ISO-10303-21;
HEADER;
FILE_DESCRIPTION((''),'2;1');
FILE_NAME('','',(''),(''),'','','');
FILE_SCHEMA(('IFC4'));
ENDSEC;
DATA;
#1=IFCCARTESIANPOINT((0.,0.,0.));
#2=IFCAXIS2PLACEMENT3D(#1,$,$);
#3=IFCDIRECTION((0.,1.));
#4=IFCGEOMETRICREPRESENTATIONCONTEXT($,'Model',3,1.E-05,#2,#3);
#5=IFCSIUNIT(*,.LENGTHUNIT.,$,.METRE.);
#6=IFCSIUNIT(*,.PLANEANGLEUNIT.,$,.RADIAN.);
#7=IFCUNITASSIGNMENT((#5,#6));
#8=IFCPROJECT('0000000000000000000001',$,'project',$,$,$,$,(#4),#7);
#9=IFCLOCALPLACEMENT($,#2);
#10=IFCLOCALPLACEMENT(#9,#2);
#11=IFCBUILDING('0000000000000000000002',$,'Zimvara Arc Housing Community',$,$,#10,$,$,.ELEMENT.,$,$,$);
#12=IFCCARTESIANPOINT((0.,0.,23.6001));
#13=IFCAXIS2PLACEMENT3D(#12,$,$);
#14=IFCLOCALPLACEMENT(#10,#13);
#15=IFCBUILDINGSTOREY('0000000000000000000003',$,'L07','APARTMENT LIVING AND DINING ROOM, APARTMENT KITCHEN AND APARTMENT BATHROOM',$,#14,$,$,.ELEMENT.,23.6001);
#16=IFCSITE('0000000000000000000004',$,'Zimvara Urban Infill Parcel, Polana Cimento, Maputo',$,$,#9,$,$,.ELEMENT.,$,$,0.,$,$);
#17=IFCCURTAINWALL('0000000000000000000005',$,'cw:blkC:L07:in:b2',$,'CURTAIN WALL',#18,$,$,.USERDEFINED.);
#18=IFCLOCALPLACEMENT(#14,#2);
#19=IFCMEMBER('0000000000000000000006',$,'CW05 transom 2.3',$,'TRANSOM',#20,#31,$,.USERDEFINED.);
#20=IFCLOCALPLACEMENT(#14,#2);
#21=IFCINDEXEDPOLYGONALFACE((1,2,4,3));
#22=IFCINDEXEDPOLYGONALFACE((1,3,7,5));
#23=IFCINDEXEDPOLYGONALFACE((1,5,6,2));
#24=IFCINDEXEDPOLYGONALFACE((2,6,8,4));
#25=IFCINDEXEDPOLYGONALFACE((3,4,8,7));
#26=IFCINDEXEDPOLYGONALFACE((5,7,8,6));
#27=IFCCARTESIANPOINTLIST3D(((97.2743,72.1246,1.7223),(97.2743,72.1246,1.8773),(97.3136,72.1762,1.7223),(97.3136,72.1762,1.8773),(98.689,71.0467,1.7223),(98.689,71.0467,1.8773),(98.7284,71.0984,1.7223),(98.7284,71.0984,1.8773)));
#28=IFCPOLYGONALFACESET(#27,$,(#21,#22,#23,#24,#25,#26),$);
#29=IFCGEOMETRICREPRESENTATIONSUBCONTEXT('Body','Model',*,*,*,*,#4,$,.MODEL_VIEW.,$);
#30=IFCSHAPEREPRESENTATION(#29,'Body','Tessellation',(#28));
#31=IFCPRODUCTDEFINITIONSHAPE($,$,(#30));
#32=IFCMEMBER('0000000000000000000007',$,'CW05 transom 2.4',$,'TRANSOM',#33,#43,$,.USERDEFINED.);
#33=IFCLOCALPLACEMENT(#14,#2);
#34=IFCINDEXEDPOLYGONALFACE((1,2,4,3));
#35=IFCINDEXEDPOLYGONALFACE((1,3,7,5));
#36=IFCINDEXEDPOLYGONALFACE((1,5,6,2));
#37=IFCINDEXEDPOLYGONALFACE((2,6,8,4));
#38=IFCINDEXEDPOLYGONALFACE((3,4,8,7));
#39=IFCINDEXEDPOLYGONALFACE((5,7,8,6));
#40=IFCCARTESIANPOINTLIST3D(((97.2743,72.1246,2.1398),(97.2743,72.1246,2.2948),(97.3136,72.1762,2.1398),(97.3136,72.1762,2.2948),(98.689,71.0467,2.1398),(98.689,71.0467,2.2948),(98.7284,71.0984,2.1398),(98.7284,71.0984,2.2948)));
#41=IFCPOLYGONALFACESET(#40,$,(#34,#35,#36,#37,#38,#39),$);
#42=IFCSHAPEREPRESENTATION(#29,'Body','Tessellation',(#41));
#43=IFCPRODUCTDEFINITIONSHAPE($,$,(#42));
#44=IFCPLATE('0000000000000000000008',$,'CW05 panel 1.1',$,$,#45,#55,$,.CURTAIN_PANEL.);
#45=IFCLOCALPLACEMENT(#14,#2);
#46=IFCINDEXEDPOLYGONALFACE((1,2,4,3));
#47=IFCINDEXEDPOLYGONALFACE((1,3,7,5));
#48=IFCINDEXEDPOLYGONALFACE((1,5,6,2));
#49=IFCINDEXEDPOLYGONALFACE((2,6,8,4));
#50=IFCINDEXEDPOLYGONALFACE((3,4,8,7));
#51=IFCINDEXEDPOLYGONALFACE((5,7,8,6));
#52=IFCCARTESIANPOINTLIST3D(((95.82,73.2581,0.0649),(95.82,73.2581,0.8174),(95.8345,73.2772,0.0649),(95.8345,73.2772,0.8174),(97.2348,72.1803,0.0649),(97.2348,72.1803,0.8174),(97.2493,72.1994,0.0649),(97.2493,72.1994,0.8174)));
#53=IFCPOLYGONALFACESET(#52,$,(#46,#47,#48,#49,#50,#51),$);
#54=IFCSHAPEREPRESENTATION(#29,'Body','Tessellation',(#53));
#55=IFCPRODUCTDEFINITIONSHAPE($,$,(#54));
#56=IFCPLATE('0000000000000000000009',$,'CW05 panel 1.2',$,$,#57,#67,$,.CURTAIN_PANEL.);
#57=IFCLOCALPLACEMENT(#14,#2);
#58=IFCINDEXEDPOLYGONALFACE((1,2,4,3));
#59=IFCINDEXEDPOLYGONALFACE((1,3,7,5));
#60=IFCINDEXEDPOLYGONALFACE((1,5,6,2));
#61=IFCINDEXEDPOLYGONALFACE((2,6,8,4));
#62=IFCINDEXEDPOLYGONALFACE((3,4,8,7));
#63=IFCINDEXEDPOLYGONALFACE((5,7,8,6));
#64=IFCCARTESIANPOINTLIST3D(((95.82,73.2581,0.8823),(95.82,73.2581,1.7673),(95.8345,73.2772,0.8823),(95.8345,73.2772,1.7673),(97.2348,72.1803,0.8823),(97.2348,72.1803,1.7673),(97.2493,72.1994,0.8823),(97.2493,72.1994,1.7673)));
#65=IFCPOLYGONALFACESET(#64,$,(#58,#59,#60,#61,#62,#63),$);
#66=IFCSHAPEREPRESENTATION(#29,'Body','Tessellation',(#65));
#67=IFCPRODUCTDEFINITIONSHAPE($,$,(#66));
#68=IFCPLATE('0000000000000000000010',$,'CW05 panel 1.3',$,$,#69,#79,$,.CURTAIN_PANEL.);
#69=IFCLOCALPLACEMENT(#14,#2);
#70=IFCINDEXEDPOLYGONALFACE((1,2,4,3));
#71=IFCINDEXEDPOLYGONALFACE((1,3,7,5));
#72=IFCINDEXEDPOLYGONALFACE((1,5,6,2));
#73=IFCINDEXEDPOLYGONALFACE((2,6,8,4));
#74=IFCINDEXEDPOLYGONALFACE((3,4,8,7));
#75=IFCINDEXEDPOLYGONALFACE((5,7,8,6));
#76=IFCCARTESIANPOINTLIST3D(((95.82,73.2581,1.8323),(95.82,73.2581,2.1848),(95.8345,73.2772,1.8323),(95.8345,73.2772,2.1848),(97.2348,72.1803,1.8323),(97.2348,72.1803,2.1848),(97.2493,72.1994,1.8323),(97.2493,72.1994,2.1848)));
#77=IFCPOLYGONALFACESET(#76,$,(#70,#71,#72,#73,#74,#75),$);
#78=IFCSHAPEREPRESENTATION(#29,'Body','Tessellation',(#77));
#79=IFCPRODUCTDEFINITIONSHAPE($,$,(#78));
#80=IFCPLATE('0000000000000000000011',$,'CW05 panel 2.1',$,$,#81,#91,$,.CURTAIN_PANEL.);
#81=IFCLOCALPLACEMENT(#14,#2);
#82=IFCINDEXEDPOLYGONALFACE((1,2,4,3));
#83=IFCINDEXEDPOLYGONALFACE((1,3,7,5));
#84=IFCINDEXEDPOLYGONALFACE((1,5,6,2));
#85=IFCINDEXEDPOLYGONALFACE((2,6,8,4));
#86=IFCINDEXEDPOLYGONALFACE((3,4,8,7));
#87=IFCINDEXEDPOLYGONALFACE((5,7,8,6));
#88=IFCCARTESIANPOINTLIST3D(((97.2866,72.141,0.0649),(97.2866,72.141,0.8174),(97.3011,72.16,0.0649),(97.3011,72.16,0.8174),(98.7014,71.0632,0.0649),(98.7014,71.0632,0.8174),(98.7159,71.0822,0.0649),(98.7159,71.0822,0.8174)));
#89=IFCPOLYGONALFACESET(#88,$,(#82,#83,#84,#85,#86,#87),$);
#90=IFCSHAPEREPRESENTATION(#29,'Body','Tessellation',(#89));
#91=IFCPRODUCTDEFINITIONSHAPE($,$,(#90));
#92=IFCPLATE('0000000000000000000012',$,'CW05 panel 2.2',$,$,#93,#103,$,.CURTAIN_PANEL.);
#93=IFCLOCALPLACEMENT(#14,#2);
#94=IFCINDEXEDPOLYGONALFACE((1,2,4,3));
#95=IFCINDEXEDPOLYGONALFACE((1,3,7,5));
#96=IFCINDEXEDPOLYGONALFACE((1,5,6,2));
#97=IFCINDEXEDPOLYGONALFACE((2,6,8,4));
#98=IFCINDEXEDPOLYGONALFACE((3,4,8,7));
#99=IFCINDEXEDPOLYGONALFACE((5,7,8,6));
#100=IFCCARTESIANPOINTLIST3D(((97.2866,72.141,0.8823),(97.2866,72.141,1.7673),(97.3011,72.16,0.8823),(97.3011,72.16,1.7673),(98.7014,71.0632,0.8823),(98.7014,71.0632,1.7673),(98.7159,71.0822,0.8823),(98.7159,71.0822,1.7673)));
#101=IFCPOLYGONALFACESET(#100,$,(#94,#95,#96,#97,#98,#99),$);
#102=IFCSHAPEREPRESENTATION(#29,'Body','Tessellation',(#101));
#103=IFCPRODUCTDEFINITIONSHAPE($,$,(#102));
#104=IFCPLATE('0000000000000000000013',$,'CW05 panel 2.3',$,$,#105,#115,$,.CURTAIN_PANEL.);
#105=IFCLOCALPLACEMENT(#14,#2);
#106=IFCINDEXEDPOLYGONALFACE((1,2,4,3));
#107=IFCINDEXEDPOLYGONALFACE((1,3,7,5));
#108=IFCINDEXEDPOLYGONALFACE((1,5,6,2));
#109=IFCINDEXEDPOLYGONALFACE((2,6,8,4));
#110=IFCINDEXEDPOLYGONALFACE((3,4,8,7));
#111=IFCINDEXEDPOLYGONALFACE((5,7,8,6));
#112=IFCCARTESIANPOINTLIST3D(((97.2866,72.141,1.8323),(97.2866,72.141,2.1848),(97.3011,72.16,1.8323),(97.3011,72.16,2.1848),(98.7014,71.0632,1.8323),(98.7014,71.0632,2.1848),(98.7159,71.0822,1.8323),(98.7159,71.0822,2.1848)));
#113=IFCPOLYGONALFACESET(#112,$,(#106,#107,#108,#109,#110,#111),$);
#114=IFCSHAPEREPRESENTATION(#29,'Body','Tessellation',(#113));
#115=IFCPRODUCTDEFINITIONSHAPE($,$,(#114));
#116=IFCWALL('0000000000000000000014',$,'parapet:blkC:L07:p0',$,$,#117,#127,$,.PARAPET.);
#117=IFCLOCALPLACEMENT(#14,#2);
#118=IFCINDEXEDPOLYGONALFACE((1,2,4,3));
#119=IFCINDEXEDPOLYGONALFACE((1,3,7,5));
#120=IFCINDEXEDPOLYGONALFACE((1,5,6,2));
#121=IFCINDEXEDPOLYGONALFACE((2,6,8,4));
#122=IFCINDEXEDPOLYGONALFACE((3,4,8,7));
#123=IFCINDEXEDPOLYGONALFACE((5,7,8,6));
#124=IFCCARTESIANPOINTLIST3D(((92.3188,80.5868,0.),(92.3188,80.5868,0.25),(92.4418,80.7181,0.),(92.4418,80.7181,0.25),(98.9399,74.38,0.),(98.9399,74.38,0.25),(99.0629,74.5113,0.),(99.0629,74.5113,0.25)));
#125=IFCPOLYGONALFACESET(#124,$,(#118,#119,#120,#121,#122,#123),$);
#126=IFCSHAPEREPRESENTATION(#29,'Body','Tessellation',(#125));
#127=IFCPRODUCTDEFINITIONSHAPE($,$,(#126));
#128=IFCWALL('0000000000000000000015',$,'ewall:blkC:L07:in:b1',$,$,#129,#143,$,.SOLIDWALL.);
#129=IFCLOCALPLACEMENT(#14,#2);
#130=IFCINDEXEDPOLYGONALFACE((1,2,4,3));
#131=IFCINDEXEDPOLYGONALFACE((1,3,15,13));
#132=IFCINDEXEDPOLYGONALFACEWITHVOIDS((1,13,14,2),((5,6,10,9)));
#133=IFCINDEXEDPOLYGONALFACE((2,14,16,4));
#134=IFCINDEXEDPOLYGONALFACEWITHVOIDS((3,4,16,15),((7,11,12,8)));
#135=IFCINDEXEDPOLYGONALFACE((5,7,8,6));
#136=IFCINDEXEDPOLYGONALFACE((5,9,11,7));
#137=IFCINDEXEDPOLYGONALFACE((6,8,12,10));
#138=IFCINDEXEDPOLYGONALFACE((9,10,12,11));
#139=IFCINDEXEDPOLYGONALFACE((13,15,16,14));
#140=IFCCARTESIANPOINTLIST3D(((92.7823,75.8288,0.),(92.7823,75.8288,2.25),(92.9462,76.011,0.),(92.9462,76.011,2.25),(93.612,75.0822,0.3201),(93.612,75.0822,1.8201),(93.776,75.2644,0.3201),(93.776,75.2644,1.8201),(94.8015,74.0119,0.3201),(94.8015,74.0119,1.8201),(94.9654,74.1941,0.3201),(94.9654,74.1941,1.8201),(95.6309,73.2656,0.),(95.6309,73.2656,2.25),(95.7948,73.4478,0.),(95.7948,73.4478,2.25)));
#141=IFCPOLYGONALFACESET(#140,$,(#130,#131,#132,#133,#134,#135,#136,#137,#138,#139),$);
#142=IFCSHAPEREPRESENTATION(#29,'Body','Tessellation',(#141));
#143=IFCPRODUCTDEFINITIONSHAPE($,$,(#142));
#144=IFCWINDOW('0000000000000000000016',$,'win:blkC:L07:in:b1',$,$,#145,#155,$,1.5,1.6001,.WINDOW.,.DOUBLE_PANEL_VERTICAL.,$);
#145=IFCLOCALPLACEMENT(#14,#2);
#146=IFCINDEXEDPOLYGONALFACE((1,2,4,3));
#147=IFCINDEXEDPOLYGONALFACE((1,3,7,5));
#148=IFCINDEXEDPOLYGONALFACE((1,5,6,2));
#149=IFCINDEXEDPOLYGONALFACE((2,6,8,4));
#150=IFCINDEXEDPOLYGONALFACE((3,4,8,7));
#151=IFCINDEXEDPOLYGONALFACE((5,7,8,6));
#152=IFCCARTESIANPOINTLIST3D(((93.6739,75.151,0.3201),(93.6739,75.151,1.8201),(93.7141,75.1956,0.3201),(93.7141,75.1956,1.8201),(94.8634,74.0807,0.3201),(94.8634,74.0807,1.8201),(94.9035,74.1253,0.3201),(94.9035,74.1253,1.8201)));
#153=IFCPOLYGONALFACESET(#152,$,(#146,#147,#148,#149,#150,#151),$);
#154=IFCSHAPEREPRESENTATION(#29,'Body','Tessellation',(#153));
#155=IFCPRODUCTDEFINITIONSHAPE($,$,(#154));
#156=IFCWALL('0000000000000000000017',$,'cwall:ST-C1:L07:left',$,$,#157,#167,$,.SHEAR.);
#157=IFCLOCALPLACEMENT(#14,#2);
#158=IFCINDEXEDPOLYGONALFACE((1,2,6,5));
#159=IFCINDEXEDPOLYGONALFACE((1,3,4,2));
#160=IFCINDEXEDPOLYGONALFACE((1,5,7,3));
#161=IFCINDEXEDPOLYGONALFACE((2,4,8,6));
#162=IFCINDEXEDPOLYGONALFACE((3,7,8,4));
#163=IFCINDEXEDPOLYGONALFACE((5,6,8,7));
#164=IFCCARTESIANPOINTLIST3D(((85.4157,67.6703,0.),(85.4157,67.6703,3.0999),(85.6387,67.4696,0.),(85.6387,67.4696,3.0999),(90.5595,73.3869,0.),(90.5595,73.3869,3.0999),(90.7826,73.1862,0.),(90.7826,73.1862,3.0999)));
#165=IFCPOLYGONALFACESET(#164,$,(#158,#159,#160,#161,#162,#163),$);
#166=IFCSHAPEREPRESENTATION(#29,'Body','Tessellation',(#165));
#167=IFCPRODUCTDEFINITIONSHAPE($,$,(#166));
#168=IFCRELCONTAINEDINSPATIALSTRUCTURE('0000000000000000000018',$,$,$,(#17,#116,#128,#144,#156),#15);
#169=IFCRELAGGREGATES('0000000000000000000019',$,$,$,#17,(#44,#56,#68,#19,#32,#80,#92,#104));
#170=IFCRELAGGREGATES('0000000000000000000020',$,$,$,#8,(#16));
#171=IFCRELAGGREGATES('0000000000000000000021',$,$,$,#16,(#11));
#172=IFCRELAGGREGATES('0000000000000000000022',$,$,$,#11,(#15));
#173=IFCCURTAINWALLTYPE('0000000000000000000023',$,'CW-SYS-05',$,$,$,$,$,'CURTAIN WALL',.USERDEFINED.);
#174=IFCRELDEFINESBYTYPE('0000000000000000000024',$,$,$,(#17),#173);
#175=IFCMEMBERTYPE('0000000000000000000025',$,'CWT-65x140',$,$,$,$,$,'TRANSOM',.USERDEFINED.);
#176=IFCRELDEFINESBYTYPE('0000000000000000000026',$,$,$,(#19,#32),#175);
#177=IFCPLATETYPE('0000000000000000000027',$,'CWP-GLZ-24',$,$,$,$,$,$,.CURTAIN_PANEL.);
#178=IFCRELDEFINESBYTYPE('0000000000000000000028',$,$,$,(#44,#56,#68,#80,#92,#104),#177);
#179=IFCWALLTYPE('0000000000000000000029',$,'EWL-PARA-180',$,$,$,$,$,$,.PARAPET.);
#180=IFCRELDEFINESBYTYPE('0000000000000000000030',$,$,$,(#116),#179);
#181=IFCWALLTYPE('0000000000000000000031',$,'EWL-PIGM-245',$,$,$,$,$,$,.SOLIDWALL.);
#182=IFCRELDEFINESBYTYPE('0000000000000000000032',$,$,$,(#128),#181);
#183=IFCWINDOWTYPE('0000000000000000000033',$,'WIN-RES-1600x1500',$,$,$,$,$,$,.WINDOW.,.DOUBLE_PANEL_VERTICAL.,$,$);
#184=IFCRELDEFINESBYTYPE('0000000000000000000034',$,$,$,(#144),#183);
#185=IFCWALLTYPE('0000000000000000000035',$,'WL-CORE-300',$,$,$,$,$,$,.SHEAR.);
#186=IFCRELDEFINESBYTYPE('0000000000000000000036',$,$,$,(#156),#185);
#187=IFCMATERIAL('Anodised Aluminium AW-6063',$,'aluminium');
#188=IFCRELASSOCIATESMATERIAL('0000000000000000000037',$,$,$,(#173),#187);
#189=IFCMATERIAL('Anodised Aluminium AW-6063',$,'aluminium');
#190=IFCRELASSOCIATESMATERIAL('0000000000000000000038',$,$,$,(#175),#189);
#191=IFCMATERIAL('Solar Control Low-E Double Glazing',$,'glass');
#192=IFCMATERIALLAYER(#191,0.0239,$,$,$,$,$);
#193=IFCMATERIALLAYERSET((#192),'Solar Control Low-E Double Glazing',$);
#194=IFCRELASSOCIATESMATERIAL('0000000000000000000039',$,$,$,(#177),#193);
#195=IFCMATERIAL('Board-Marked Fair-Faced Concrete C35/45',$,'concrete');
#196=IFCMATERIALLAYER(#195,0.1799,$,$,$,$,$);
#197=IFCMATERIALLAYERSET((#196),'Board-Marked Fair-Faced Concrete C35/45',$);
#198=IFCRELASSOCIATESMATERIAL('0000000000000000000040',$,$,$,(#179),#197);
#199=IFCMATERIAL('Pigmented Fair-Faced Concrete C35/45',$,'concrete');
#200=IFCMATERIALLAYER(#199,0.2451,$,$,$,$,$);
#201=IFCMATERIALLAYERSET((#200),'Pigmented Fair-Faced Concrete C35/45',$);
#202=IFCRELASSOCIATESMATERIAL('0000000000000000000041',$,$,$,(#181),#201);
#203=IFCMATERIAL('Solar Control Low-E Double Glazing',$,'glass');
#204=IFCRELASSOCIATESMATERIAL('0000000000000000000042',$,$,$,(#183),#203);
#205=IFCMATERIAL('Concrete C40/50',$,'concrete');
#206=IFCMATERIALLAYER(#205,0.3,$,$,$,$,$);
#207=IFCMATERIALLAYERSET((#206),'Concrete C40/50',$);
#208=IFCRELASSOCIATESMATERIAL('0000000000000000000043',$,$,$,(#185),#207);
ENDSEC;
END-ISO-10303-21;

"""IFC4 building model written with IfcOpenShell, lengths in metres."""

from ifc_helpers import new_model, si_unit, direction, frame, frame_2d, origin, origin_2d, place, context, subcontext, project, spatial, rectangle, extrude, material, layer, layer_set, material_profile, profile_set, type_object, element, fill, aggregate, save


model = new_model("IFC4")

# Units and contexts
model_context = context("Model", 3, precision=1e-05, world=origin(), true_north=direction((0.0, 1.0)))
body_context = subcontext(model_context, "Body", "Model", "MODEL_VIEW")
ifc_project = project(units=[si_unit("LENGTHUNIT", "METRE"), si_unit("PLANEANGLEUNIT", "RADIAN")], contexts=[model_context])

# Site, building, storey
site_placement = place(None, origin())
site = spatial("IfcSite", under=ifc_project, at=site_placement, Name="Zimvara Urban Infill Parcel, Polana Cimento, Maputo", CompositionType="ELEMENT", RefElevation=0.0)
building_placement = place(site_placement, origin())
building = spatial("IfcBuilding", under=site, at=building_placement, Name="Zimvara Arc Housing Community", CompositionType="ELEMENT")
storey_placement = place(building_placement, frame((0.0, 0.0, 23.6001)))
storey = spatial("IfcBuildingStorey", under=building, at=storey_placement, Name="L07", Description="APARTMENT LIVING AND DINING ROOM, APARTMENT KITCHEN AND APARTMENT BATHROOM", CompositionType="ELEMENT", Elevation=23.6001)

# Curtain wall, members, plates
ifc_material_1 = material(Name="Anodised Aluminium AW-6063", Category="aluminium")
curtain_wall_type = type_object("IfcCurtainWallType", Name="CW-SYS-05", ElementType="CURTAIN WALL", PredefinedType="USERDEFINED", material=ifc_material_1)
curtain_wall_placement = place(storey_placement, origin())
curtain_wall = element("IfcCurtainWall", 1, at=curtain_wall_placement, inside=storey, type_object=curtain_wall_type, Name="cw:blkC:L07:in:b2", ObjectType="CURTAIN WALL", PredefinedType="USERDEFINED")
ifc_material_2 = material(Name="Anodised Aluminium AW-6063", Category="aluminium")
ifc_material_profile_1 = material_profile(ifc_material_2, rectangle(XDim=0.0649, YDim=0.155, at=origin_2d()), Name="ALU 65x155")
ifc_profile_set_1 = profile_set([ifc_material_profile_1], Name="Anodised Aluminium AW-6063")
member_type_1 = type_object("IfcMemberType", Name="CWT-65x140", ElementType="TRANSOM", PredefinedType="USERDEFINED", material=ifc_profile_set_1)
member_1_placement = place(storey_placement, frame((97.2939, 72.1504, 1.7998), z_axis=(0.795447, -0.606023, 0.0), x_axis=(0.606023, 0.795447, 0.0)))
member_1 = element("IfcMember", 2, at=member_1_placement, type_object=member_type_1, Name="CW05 transom 2.3", ObjectType="TRANSOM", PredefinedType="USERDEFINED", context=body_context, shape_type="SweptSolid", body=[
    extrude(rectangle(XDim=0.0649, YDim=0.155, at=origin_2d()), origin(), (0.0, 0.0, 1.0), 1.7786),
])
member_2_placement = place(storey_placement, frame((97.2939, 72.1504, 2.2173), z_axis=(0.795447, -0.606023, 0.0), x_axis=(0.606023, 0.795447, 0.0)))
member_2 = element("IfcMember", 3, at=member_2_placement, type_object=member_type_1, Name="CW05 transom 2.4", ObjectType="TRANSOM", PredefinedType="USERDEFINED", context=body_context, shape_type="SweptSolid", body=[
    extrude(rectangle(XDim=0.0649, YDim=0.155, at=origin_2d()), origin(), (0.0, 0.0, 1.0), 1.7786),
])
ifc_material_3 = material(Name="Solar Control Low-E Double Glazing", Category="glass")
ifc_layer_1 = layer(ifc_material_3, 0.0239)
ifc_layer_set_1 = layer_set([ifc_layer_1], Name="Solar Control Low-E Double Glazing")
plate_type = type_object("IfcPlateType", Name="CWP-GLZ-24", PredefinedType="CURTAIN_PANEL", material=ifc_layer_set_1)
plate_1_placement = place(storey_placement, frame((96.5347, 72.7288, 0.0649), z_axis=(0.0, 0.0, 1.0), x_axis=(0.795474, -0.605988, 0.0)))
plate_1 = element("IfcPlate", 4, at=plate_1_placement, type_object=plate_type, Name="CW05 panel 1.1", PredefinedType="CURTAIN_PANEL", context=body_context, shape_type="SweptSolid", body=[
    extrude(rectangle(XDim=1.7786, YDim=0.0239, at=origin_2d()), origin(), (0.0, 0.0, 1.0), 0.7524),
])
plate_2_placement = place(storey_placement, frame((96.5347, 72.7288, 0.8823), z_axis=(0.0, 0.0, 1.0), x_axis=(0.795474, -0.605988, 0.0)))
plate_2 = element("IfcPlate", 5, at=plate_2_placement, type_object=plate_type, Name="CW05 panel 1.2", PredefinedType="CURTAIN_PANEL", context=body_context, shape_type="SweptSolid", body=[
    extrude(rectangle(XDim=1.7786, YDim=0.0239, at=origin_2d()), origin(), (0.0, 0.0, 1.0), 0.885),
])
plate_3_placement = place(storey_placement, frame((96.5347, 72.7288, 1.8323), z_axis=(0.0, 0.0, 1.0), x_axis=(0.795474, -0.605988, 0.0)))
plate_3 = element("IfcPlate", 6, at=plate_3_placement, type_object=plate_type, Name="CW05 panel 1.3", PredefinedType="CURTAIN_PANEL", context=body_context, shape_type="SweptSolid", body=[
    extrude(rectangle(XDim=1.7786, YDim=0.0239, at=origin_2d()), origin(), (0.0, 0.0, 1.0), 0.3525),
])
plate_4_placement = place(storey_placement, frame((98.0012, 71.6116, 0.0649), z_axis=(0.0, 0.0, 1.0), x_axis=(0.795474, -0.605988, 0.0)))
plate_4 = element("IfcPlate", 7, at=plate_4_placement, type_object=plate_type, Name="CW05 panel 2.1", PredefinedType="CURTAIN_PANEL", context=body_context, shape_type="SweptSolid", body=[
    extrude(rectangle(XDim=1.7786, YDim=0.0239, at=origin_2d()), origin(), (0.0, 0.0, 1.0), 0.7524),
])
plate_5_placement = place(storey_placement, frame((98.0012, 71.6116, 0.8823), z_axis=(0.0, 0.0, 1.0), x_axis=(0.795474, -0.605988, 0.0)))
plate_5 = element("IfcPlate", 8, at=plate_5_placement, type_object=plate_type, Name="CW05 panel 2.2", PredefinedType="CURTAIN_PANEL", context=body_context, shape_type="SweptSolid", body=[
    extrude(rectangle(XDim=1.7786, YDim=0.0239, at=origin_2d()), origin(), (0.0, 0.0, 1.0), 0.885),
])
plate_6_placement = place(storey_placement, frame((98.0012, 71.6116, 1.8323), z_axis=(0.0, 0.0, 1.0), x_axis=(0.795474, -0.605988, 0.0)))
plate_6 = element("IfcPlate", 9, at=plate_6_placement, type_object=plate_type, Name="CW05 panel 2.3", PredefinedType="CURTAIN_PANEL", context=body_context, shape_type="SweptSolid", body=[
    extrude(rectangle(XDim=1.7786, YDim=0.0239, at=origin_2d()), origin(), (0.0, 0.0, 1.0), 0.3525),
])
aggregate(curtain_wall, [plate_1, plate_2, plate_3, member_1, member_2, plate_4, plate_5, plate_6])

# Wall
ifc_material_4 = material(Name="Board-Marked Fair-Faced Concrete C35/45", Category="concrete")
ifc_layer_2 = layer(ifc_material_4, 0.1799)
ifc_layer_set_2 = layer_set([ifc_layer_2], Name="Board-Marked Fair-Faced Concrete C35/45")
wall_type_1 = type_object("IfcWallType", Name="EWL-PARA-180", PredefinedType="PARAPET", material=ifc_layer_set_2)
wall_1_placement = place(storey_placement, frame((92.3804, 80.6523, 0.0), z_axis=(0.0, 0.0, 1.0), x_axis=(0.729564, -0.683912, 0.0)))
element("IfcWall", 10, at=wall_1_placement, inside=storey, type_object=wall_type_1, Name="parapet:blkC:L07:p0", PredefinedType="PARAPET", context=body_context, shape_type="SweptSolid", body=[
    extrude(rectangle(XDim=9.0754, YDim=0.1799, at=frame_2d((4.5376, 0.0))), origin(), (0.0, 0.0, 1.0), 0.25),
])

# Wall, opening, window
ifc_material_5 = material(Name="Pigmented Fair-Faced Concrete C35/45", Category="concrete")
ifc_layer_3 = layer(ifc_material_5, 0.2451)
ifc_layer_set_3 = layer_set([ifc_layer_3], Name="Pigmented Fair-Faced Concrete C35/45")
wall_type_2 = type_object("IfcWallType", Name="EWL-PIGM-245", PredefinedType="SOLIDWALL", material=ifc_layer_set_3)
wall_2_placement = place(storey_placement, frame((92.8643, 75.9199, 0.0), z_axis=(0.0, 0.0, 1.0), x_axis=(0.743364, -0.668887, 0.0)))
wall_2 = element("IfcWall", 11, at=wall_2_placement, inside=storey, type_object=wall_type_2, Name="ewall:blkC:L07:in:b1", PredefinedType="SOLIDWALL", context=body_context, shape_type="SweptSolid", body=[
    extrude(rectangle(XDim=3.832, YDim=0.2451, at=frame_2d((1.916, 0.0))), origin(), (0.0, 0.0, 1.0), 2.25),
])
opening_1_placement = place(wall_2_placement, frame((1.1162, 0.0, 0.3201)))
opening_1 = element("IfcOpeningElement", 12, at=opening_1_placement, cuts=wall_2, PredefinedType="OPENING", context=body_context, shape_type="SweptSolid", body=[
    extrude(rectangle(XDim=1.6001, YDim=1.5, at=frame_2d((0.8, 0.75))), frame((0.0, 0.1326, 0.0), z_axis=(0.0, -1.0, 0.0), x_axis=(1.0, 0.0, 0.0)), (0.0, 0.0, 1.0), 0.2651),
])
ifc_material_6 = material(Name="Solar Control Low-E Double Glazing", Category="glass")
window_type = type_object("IfcWindowType", Name="WIN-RES-1600x1500", PartitioningType="DOUBLE_PANEL_VERTICAL", PredefinedType="WINDOW", material=ifc_material_6)
window_placement = place(opening_1_placement, origin())
window = element("IfcWindow", 13, at=window_placement, inside=storey, type_object=window_type, Name="win:blkC:L07:in:b1", OverallHeight=1.5, OverallWidth=1.6001, PartitioningType="DOUBLE_PANEL_VERTICAL", PredefinedType="WINDOW", context=body_context, shape_type="SweptSolid", body=[
    extrude(rectangle(XDim=1.6001, YDim=1.5, at=frame_2d((0.8, 0.75))), frame((0.0, 0.03, 0.0), z_axis=(0.0, -1.0, 0.0), x_axis=(1.0, 0.0, 0.0)), (0.0, 0.0, 1.0), 0.0601),
])
fill(opening_1, window)

# Shared definitions
ifc_material_7 = material(Name="Concrete C40/50", Category="concrete")
ifc_layer_4 = layer(ifc_material_7, 0.3)
ifc_layer_set_4 = layer_set([ifc_layer_4], Name="Concrete C40/50")
wall_type_3 = type_object("IfcWallType", Name="WL-CORE-300", PredefinedType="SHEAR", material=ifc_layer_set_4)

# Wall
wall_3_placement = place(storey_placement, frame((90.6711, 73.2866, 0.0), z_axis=(0.0, 0.0, 1.0), x_axis=(-0.668886, -0.743365, 0.0)))
element("IfcWall", 14, at=wall_3_placement, inside=storey, type_object=wall_type_3, Name="cwall:ST-C1:L07:left", PredefinedType="SHEAR", context=body_context, shape_type="SweptSolid", body=[
    extrude(rectangle(XDim=7.6902, YDim=0.3, at=frame_2d((3.8452, 0.0))), origin(), (0.0, 0.0, 1.0), 3.0999),
])

save(model, "model.ifc")
